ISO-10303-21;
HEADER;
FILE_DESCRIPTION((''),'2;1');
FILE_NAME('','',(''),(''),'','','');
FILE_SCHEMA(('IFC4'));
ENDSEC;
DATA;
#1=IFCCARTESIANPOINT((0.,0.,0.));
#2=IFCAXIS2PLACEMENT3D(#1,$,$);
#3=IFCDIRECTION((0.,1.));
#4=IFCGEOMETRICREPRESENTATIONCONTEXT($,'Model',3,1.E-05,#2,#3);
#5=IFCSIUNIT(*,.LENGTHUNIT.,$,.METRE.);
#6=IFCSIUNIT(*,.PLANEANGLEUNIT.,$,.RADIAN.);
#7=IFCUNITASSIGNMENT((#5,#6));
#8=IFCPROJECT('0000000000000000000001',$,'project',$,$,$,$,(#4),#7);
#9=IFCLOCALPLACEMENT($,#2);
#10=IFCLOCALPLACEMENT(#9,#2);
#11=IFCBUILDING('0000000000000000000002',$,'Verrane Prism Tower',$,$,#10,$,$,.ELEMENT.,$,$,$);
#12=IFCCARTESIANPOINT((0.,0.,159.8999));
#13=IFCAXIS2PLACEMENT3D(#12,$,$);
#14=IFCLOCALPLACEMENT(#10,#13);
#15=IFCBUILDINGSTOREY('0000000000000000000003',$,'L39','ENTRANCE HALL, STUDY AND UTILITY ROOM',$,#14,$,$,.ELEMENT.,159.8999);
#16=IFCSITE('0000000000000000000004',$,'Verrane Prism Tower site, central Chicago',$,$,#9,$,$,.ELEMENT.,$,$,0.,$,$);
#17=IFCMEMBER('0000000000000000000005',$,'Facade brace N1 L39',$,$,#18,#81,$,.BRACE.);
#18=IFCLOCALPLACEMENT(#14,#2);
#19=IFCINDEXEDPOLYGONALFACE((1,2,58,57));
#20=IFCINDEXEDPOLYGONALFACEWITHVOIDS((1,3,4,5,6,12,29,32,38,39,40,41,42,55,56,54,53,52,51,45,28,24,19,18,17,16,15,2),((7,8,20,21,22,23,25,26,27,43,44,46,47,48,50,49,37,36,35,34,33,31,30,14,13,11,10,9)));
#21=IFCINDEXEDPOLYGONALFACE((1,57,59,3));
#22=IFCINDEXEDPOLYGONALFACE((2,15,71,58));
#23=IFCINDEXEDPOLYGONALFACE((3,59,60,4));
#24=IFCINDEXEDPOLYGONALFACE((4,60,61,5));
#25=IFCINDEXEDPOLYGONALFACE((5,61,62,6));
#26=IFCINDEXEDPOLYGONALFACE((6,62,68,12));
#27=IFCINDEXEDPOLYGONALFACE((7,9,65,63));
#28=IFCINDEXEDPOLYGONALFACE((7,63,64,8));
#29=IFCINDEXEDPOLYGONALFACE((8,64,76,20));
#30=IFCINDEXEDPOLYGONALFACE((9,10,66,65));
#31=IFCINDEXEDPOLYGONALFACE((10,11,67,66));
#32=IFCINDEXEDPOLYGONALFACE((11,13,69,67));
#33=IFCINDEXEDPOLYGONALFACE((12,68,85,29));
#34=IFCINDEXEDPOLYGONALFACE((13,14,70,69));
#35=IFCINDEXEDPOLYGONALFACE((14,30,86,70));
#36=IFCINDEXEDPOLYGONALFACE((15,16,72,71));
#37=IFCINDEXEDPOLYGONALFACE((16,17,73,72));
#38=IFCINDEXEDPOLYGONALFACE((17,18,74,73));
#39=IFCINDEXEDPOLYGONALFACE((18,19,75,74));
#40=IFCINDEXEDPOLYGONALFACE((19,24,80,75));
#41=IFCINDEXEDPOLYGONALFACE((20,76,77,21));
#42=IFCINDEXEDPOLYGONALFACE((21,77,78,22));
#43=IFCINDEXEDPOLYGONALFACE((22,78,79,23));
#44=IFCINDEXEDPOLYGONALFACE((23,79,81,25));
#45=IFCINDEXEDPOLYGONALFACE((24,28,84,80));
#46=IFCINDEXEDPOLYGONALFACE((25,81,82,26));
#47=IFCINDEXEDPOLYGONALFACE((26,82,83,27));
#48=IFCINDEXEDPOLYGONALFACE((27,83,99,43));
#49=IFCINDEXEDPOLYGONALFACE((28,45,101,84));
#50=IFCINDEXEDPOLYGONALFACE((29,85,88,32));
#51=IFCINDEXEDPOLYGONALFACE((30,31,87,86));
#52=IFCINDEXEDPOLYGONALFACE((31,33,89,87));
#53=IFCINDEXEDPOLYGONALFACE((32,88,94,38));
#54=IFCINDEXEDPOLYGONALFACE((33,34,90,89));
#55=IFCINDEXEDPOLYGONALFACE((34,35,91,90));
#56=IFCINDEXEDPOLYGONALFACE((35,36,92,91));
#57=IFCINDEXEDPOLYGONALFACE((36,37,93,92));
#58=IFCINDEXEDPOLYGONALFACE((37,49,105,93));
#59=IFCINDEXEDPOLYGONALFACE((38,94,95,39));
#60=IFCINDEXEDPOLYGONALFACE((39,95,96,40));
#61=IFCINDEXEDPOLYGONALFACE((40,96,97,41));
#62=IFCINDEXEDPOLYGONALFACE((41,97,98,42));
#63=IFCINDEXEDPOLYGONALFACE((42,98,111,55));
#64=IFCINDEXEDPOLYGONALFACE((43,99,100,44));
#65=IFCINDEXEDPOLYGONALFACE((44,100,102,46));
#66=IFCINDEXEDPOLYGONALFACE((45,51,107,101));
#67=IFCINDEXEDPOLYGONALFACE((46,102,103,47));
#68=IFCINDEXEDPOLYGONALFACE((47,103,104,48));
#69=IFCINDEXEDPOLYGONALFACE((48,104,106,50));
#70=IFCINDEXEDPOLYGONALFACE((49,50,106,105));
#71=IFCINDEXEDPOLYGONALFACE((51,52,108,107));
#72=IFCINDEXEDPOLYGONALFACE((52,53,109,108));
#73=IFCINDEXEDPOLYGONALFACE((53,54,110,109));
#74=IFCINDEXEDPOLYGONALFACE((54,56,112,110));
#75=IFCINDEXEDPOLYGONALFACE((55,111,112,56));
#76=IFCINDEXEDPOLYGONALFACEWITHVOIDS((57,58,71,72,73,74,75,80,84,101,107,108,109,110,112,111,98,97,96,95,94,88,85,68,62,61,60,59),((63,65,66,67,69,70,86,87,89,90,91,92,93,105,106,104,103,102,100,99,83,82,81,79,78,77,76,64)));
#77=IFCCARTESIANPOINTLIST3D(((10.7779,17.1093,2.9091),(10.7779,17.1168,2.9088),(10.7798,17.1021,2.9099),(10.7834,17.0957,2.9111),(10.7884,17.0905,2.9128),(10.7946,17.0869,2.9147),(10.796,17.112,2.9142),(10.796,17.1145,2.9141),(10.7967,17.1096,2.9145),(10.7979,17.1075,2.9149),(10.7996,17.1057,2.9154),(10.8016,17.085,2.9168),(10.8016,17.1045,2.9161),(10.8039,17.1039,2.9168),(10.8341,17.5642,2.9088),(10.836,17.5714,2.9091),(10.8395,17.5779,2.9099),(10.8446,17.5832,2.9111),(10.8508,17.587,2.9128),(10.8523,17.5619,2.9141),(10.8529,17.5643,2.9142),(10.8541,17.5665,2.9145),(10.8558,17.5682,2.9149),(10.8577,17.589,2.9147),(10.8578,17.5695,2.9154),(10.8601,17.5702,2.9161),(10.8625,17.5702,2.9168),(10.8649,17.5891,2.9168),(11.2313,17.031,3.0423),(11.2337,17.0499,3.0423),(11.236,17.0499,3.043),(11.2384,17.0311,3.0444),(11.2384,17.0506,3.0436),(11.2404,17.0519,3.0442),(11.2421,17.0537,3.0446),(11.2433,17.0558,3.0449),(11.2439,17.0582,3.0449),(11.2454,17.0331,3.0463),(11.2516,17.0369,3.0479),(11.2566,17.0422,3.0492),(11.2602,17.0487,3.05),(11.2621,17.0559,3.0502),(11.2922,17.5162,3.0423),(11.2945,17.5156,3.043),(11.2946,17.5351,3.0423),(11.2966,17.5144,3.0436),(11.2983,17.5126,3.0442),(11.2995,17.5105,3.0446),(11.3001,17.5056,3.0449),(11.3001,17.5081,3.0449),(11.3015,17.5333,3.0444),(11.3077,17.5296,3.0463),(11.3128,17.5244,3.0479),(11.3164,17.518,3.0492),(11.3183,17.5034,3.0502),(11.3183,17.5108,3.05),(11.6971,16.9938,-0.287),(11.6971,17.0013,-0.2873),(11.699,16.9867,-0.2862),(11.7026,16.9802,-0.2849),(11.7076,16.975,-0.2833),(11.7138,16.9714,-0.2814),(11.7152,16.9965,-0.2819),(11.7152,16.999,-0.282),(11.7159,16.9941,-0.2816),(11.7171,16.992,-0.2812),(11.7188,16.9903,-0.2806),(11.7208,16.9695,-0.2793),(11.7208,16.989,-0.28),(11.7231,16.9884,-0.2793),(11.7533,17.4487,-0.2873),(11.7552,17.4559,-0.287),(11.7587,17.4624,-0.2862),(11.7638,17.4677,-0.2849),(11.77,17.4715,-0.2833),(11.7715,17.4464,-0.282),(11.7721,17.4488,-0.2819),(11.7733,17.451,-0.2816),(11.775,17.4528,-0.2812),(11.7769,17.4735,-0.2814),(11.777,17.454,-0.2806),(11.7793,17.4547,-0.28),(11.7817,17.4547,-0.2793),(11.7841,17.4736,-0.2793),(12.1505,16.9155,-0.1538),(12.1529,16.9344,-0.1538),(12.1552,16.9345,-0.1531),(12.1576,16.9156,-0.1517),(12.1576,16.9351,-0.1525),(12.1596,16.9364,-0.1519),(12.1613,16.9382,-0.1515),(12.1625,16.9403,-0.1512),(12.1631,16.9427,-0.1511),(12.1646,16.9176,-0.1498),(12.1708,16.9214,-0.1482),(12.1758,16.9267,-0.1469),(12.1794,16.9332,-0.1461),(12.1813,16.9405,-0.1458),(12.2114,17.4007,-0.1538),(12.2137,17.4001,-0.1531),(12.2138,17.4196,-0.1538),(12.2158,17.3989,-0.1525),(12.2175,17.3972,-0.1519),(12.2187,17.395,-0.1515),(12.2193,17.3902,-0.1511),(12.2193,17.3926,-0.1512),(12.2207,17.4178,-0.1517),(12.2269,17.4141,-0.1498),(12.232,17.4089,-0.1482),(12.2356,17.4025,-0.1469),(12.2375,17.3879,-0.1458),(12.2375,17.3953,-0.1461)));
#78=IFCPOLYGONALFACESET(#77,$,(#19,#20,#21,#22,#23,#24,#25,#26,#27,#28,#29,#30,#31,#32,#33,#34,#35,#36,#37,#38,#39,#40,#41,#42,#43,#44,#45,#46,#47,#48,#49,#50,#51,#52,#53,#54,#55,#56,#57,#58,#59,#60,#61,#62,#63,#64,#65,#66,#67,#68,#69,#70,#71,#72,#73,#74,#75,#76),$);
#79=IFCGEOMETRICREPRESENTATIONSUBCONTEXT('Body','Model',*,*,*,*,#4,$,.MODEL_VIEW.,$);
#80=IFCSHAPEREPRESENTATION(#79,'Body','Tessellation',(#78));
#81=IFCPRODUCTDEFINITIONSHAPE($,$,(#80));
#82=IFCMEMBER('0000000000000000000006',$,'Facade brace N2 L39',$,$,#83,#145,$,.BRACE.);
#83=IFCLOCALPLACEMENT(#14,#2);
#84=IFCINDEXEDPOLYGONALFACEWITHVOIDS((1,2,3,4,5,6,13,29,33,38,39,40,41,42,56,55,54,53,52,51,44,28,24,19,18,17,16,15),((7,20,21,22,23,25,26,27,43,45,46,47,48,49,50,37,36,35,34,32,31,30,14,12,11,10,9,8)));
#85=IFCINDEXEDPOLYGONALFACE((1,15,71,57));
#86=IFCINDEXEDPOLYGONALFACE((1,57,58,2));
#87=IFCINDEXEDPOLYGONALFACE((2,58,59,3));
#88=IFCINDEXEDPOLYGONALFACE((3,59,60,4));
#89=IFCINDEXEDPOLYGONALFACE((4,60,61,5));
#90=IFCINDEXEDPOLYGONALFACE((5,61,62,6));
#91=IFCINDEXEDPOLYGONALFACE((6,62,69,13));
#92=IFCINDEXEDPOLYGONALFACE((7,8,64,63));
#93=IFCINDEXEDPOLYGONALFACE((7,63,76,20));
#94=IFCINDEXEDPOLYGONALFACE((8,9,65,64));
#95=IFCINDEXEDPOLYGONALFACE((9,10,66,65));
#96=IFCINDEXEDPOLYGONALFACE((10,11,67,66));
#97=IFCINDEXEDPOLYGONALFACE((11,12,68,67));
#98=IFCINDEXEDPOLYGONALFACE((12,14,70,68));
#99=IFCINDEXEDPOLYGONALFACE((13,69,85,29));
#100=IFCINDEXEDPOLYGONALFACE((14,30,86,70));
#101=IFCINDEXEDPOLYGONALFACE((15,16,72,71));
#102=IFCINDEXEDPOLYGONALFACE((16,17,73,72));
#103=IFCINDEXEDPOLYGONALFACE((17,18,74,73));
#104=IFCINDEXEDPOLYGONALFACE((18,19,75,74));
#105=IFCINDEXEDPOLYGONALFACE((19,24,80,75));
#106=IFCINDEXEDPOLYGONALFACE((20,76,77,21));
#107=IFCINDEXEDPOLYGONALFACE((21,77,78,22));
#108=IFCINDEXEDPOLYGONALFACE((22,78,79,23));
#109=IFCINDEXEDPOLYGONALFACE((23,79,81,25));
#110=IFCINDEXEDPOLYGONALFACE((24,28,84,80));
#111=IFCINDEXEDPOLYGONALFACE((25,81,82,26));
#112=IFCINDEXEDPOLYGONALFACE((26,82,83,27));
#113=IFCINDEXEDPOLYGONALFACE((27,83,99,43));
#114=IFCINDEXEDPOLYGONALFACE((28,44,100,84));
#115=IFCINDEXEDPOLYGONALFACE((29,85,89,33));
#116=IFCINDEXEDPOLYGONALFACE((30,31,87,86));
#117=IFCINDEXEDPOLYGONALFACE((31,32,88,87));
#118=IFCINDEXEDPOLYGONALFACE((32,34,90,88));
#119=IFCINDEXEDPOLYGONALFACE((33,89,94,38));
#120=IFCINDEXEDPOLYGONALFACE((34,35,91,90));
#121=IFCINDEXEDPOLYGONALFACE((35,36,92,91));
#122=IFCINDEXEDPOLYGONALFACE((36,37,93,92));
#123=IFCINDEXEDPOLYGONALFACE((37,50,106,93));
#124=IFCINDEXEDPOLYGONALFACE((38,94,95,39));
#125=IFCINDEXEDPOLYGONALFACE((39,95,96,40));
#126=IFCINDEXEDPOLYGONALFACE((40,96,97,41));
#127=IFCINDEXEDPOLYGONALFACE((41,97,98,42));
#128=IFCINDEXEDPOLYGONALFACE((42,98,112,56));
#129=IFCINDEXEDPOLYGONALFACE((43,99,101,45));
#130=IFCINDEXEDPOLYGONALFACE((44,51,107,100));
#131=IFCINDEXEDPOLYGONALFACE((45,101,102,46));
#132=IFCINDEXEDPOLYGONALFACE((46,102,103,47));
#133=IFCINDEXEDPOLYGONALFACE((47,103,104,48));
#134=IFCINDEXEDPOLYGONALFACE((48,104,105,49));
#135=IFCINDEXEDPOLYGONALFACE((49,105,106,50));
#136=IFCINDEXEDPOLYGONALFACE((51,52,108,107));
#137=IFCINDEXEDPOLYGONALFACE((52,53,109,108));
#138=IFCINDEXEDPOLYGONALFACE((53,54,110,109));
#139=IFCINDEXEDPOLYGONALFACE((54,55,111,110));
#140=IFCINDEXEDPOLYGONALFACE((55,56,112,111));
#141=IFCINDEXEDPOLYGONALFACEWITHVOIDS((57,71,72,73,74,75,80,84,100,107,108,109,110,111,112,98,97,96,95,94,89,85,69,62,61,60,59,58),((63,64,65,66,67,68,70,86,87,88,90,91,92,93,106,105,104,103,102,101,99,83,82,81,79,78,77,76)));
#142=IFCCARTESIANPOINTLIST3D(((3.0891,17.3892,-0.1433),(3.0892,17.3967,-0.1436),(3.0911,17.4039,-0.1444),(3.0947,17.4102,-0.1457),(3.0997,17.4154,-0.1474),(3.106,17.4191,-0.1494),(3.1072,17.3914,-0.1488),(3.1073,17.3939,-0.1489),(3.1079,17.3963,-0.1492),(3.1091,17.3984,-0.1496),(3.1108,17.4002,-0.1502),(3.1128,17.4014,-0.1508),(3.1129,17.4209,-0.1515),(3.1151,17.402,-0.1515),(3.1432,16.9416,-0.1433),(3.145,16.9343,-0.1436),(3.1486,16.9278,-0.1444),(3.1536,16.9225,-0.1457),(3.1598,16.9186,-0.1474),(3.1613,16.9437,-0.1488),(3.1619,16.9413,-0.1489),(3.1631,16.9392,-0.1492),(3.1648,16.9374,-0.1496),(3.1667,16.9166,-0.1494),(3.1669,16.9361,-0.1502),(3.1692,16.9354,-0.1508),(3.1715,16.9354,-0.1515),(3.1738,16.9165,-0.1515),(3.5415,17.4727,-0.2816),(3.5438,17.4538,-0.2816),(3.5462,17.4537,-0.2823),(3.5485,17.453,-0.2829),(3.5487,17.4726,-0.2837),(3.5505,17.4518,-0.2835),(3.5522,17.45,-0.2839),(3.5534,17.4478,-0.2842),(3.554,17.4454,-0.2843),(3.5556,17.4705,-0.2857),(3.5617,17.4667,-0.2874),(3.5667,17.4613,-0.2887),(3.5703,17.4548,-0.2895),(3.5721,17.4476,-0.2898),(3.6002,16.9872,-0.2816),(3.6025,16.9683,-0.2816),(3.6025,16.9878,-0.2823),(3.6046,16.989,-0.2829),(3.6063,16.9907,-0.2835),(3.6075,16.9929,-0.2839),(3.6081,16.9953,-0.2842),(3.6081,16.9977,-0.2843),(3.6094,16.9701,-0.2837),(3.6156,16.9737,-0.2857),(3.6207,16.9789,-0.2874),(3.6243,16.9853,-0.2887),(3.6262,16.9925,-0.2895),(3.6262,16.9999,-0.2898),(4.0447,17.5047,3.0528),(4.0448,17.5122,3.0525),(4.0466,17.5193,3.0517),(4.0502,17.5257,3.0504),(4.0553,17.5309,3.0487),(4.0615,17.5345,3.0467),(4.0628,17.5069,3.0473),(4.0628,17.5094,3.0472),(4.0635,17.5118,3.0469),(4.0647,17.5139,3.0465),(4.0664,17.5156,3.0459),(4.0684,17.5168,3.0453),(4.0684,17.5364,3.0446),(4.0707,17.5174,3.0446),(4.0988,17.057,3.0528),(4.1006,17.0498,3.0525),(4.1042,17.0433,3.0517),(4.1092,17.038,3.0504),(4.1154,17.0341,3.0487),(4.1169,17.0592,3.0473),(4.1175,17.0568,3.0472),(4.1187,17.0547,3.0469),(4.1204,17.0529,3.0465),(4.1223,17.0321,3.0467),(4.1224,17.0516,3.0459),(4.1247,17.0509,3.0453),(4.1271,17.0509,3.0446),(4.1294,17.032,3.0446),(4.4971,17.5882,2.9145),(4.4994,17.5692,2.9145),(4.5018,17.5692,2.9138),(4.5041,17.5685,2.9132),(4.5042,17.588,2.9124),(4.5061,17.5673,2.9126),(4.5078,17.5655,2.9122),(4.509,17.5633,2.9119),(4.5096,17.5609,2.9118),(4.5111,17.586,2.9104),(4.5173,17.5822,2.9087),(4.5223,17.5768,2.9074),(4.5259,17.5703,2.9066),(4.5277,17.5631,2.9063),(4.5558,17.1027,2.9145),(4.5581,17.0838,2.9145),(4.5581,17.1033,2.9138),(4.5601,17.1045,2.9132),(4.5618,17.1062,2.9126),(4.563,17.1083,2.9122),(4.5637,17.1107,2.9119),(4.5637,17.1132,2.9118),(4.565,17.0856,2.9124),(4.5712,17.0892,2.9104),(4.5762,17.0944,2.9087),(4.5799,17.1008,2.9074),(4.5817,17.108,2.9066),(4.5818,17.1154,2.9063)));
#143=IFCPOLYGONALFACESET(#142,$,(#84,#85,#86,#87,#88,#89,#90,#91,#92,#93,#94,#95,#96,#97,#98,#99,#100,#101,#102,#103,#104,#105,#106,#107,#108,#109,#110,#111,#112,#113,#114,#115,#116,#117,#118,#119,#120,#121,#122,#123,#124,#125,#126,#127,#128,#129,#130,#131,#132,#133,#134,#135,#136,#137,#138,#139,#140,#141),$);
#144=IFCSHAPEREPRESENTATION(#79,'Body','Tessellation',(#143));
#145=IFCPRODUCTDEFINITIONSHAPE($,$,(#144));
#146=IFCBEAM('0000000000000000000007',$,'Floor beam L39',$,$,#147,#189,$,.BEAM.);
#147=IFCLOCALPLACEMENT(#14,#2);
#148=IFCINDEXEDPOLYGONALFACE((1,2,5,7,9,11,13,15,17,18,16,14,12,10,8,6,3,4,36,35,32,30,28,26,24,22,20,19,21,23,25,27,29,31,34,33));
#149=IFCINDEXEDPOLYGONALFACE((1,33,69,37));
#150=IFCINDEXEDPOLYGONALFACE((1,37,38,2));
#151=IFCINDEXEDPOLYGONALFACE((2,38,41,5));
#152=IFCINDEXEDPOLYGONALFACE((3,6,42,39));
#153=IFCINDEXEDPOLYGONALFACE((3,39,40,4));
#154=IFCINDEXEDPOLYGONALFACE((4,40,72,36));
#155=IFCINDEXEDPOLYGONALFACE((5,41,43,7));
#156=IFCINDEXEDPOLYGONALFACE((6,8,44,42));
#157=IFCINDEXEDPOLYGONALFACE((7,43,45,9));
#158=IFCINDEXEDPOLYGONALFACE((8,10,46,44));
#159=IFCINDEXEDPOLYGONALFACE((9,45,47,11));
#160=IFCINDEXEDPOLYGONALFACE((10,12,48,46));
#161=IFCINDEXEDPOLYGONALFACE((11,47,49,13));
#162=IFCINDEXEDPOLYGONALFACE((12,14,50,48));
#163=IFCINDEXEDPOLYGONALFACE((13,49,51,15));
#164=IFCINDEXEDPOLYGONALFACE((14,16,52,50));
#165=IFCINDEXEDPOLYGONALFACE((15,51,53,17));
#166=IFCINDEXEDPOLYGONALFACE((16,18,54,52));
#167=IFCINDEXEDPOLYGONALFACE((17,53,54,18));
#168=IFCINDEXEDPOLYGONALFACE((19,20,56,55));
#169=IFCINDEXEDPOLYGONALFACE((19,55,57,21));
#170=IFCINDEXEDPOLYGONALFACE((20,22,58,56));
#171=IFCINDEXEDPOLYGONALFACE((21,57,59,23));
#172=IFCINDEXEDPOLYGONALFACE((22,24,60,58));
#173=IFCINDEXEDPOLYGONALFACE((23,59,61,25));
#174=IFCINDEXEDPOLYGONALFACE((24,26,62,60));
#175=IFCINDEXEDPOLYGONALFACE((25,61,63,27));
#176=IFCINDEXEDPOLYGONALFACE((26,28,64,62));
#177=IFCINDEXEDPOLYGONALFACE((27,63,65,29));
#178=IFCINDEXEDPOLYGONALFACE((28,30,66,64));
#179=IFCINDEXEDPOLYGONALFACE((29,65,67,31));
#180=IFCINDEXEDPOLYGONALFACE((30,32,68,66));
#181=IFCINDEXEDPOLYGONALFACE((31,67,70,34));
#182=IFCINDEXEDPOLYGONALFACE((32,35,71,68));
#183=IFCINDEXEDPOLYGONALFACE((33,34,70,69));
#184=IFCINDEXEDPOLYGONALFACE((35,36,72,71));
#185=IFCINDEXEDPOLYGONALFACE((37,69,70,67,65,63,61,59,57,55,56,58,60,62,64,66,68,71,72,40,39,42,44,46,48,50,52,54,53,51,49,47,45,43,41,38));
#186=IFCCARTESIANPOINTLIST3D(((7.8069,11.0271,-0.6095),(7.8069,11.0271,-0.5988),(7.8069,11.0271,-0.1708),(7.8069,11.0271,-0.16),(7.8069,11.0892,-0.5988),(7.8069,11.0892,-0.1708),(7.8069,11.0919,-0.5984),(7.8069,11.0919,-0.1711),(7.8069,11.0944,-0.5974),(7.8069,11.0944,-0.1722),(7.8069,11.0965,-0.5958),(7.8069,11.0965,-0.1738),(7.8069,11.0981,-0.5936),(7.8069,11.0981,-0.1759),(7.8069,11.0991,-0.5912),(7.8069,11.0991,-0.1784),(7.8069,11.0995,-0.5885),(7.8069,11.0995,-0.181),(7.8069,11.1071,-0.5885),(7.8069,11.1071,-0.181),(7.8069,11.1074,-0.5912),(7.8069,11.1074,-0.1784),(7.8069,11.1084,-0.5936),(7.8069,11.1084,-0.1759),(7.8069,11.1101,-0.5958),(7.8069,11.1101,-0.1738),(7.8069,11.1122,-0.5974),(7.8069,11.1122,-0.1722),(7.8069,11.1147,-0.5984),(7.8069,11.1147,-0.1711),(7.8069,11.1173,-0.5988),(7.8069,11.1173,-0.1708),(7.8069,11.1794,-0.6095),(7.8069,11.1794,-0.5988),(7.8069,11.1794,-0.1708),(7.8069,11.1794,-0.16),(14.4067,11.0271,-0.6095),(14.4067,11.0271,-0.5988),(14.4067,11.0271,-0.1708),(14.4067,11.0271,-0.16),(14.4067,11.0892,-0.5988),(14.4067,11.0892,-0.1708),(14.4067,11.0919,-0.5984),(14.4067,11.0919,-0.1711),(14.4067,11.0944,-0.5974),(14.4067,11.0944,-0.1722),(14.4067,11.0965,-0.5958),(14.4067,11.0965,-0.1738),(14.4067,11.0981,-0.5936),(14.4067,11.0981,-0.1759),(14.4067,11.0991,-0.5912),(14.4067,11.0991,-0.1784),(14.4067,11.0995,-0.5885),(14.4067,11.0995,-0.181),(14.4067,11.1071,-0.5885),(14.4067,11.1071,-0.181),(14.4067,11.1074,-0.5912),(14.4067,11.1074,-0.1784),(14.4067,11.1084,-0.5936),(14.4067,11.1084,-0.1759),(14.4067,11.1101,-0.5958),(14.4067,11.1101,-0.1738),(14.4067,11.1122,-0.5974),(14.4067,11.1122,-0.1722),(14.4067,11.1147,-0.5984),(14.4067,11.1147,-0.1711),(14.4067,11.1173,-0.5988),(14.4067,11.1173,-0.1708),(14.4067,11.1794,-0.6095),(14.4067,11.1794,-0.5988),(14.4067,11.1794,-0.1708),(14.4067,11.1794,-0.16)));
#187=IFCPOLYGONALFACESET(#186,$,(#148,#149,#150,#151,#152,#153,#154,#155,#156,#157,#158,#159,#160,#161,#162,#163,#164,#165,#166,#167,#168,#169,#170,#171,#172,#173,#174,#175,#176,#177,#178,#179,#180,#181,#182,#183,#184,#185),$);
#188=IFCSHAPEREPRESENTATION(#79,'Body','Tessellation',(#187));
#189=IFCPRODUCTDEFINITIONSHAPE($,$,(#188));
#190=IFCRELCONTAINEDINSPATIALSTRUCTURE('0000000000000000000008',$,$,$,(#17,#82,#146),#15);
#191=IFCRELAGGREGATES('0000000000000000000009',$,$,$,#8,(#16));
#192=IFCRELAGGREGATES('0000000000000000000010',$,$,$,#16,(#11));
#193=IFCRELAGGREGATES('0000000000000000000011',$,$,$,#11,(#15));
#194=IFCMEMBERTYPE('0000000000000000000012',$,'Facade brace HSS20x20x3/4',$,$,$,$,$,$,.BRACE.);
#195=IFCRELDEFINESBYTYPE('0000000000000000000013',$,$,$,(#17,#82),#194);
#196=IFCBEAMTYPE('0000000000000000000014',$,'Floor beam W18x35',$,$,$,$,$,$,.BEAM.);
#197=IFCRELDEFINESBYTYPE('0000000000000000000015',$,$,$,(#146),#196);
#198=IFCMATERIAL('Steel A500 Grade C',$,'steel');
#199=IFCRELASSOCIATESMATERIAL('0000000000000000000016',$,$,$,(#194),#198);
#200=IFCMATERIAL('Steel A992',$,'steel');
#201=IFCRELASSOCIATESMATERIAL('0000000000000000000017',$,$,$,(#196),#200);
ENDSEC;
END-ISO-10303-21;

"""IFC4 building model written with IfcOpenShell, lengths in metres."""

from ifc_helpers import new_model, si_unit, direction, frame, origin, origin_2d, place, context, subcontext, project, spatial, hollow_rectangle, i_section, extrude, material, material_profile, profile_set, type_object, element, save


model = new_model("IFC4")

# Units and contexts
model_context = context("Model", 3, precision=1e-05, world=origin(), true_north=direction((0.0, 1.0)))
body_context = subcontext(model_context, "Body", "Model", "MODEL_VIEW")
ifc_project = project(units=[si_unit("LENGTHUNIT", "METRE"), si_unit("PLANEANGLEUNIT", "RADIAN")], contexts=[model_context])

# Site, building, storey
site_placement = place(None, origin())
site = spatial("IfcSite", under=ifc_project, at=site_placement, Name="Verrane Prism Tower site, central Chicago", CompositionType="ELEMENT", RefElevation=0.0)
building_placement = place(site_placement, origin())
building = spatial("IfcBuilding", under=site, at=building_placement, Name="Verrane Prism Tower", CompositionType="ELEMENT")
storey_placement = place(building_placement, frame((0.0, 0.0, 159.8999)))
storey = spatial("IfcBuildingStorey", under=building, at=storey_placement, Name="L39", Description="ENTRANCE HALL, STUDY AND UTILITY ROOM", CompositionType="ELEMENT", Elevation=159.8999)

# Members
ifc_material_1 = material(Name="Steel A500 Grade C", Category="steel")
ifc_material_profile_1 = material_profile(ifc_material_1, hollow_rectangle(XDim=0.5081, YDim=0.5081, WallThickness=0.019, InnerFilletRadius=0.0095, OuterFilletRadius=0.0286, at=origin_2d()), Name="HSS20x20x3/4")
ifc_profile_set_1 = profile_set([ifc_material_profile_1], Name="Steel A500 Grade C")
member_type_1 = type_object("IfcMemberType", Name="Facade brace HSS20x20x3/4", PredefinedType="BRACE", material=ifc_profile_set_1)
member_1_placement = place(storey_placement, frame((11.9673, 17.1946, -0.2166), z_axis=(-0.276232, 0.034703, 0.960464), x_axis=(-0.124651, -0.992201, 0.0)))
element("IfcMember", 1, at=member_1_placement, inside=storey, type_object=member_type_1, Name="Facade brace N1 L39", PredefinedType="BRACE", context=body_context, shape_type="SweptSolid", body=[
    extrude(hollow_rectangle(XDim=0.5081, YDim=0.5081, WallThickness=0.019, InnerFilletRadius=0.0095, OuterFilletRadius=0.0286, at=origin_2d()), origin(), (0.0, 0.0, 1.0), 3.3276),
])
member_2_placement = place(storey_placement, frame((3.3577, 17.1946, -0.2166), z_axis=(0.286283, 0.034597, 0.95752), x_axis=(-0.119975, 0.992777, 0.0)))
element("IfcMember", 2, at=member_2_placement, inside=storey, type_object=member_type_1, Name="Facade brace N2 L39", PredefinedType="BRACE", context=body_context, shape_type="SweptSolid", body=[
    extrude(hollow_rectangle(XDim=0.5081, YDim=0.5081, WallThickness=0.019, InnerFilletRadius=0.0095, OuterFilletRadius=0.0286, at=origin_2d()), origin(), (0.0, 0.0, 1.0), 3.3379),
])

# Beam
ifc_material_2 = material(Name="Steel A992", Category="steel")
ifc_material_profile_2 = material_profile(ifc_material_2, i_section(OverallWidth=0.1523, OverallDepth=0.4495, WebThickness=0.0076, FlangeThickness=0.0107, FilletRadius=0.0103, at=origin_2d()), Name="W18x35")
ifc_profile_set_2 = profile_set([ifc_material_profile_2], Name="Steel A992")
beam_type_1 = type_object("IfcBeamType", Name="Floor beam W18x35", PredefinedType="BEAM", material=ifc_profile_set_2)
beam_1_placement = place(storey_placement, frame((7.8069, 11.1033, -0.3848), z_axis=(1.0, 0.0, 0.0), x_axis=(0.0, 1.0, 0.0)))
element("IfcBeam", 3, at=beam_1_placement, inside=storey, type_object=beam_type_1, Name="Floor beam L39", PredefinedType="BEAM", context=body_context, shape_type="SweptSolid", body=[
    extrude(i_section(OverallWidth=0.1523, OverallDepth=0.4495, WebThickness=0.0076, FlangeThickness=0.0107, FilletRadius=0.0103, at=origin_2d()), origin(), (0.0, 0.0, 1.0), 6.5999),
])

save(model, "model.ifc")
